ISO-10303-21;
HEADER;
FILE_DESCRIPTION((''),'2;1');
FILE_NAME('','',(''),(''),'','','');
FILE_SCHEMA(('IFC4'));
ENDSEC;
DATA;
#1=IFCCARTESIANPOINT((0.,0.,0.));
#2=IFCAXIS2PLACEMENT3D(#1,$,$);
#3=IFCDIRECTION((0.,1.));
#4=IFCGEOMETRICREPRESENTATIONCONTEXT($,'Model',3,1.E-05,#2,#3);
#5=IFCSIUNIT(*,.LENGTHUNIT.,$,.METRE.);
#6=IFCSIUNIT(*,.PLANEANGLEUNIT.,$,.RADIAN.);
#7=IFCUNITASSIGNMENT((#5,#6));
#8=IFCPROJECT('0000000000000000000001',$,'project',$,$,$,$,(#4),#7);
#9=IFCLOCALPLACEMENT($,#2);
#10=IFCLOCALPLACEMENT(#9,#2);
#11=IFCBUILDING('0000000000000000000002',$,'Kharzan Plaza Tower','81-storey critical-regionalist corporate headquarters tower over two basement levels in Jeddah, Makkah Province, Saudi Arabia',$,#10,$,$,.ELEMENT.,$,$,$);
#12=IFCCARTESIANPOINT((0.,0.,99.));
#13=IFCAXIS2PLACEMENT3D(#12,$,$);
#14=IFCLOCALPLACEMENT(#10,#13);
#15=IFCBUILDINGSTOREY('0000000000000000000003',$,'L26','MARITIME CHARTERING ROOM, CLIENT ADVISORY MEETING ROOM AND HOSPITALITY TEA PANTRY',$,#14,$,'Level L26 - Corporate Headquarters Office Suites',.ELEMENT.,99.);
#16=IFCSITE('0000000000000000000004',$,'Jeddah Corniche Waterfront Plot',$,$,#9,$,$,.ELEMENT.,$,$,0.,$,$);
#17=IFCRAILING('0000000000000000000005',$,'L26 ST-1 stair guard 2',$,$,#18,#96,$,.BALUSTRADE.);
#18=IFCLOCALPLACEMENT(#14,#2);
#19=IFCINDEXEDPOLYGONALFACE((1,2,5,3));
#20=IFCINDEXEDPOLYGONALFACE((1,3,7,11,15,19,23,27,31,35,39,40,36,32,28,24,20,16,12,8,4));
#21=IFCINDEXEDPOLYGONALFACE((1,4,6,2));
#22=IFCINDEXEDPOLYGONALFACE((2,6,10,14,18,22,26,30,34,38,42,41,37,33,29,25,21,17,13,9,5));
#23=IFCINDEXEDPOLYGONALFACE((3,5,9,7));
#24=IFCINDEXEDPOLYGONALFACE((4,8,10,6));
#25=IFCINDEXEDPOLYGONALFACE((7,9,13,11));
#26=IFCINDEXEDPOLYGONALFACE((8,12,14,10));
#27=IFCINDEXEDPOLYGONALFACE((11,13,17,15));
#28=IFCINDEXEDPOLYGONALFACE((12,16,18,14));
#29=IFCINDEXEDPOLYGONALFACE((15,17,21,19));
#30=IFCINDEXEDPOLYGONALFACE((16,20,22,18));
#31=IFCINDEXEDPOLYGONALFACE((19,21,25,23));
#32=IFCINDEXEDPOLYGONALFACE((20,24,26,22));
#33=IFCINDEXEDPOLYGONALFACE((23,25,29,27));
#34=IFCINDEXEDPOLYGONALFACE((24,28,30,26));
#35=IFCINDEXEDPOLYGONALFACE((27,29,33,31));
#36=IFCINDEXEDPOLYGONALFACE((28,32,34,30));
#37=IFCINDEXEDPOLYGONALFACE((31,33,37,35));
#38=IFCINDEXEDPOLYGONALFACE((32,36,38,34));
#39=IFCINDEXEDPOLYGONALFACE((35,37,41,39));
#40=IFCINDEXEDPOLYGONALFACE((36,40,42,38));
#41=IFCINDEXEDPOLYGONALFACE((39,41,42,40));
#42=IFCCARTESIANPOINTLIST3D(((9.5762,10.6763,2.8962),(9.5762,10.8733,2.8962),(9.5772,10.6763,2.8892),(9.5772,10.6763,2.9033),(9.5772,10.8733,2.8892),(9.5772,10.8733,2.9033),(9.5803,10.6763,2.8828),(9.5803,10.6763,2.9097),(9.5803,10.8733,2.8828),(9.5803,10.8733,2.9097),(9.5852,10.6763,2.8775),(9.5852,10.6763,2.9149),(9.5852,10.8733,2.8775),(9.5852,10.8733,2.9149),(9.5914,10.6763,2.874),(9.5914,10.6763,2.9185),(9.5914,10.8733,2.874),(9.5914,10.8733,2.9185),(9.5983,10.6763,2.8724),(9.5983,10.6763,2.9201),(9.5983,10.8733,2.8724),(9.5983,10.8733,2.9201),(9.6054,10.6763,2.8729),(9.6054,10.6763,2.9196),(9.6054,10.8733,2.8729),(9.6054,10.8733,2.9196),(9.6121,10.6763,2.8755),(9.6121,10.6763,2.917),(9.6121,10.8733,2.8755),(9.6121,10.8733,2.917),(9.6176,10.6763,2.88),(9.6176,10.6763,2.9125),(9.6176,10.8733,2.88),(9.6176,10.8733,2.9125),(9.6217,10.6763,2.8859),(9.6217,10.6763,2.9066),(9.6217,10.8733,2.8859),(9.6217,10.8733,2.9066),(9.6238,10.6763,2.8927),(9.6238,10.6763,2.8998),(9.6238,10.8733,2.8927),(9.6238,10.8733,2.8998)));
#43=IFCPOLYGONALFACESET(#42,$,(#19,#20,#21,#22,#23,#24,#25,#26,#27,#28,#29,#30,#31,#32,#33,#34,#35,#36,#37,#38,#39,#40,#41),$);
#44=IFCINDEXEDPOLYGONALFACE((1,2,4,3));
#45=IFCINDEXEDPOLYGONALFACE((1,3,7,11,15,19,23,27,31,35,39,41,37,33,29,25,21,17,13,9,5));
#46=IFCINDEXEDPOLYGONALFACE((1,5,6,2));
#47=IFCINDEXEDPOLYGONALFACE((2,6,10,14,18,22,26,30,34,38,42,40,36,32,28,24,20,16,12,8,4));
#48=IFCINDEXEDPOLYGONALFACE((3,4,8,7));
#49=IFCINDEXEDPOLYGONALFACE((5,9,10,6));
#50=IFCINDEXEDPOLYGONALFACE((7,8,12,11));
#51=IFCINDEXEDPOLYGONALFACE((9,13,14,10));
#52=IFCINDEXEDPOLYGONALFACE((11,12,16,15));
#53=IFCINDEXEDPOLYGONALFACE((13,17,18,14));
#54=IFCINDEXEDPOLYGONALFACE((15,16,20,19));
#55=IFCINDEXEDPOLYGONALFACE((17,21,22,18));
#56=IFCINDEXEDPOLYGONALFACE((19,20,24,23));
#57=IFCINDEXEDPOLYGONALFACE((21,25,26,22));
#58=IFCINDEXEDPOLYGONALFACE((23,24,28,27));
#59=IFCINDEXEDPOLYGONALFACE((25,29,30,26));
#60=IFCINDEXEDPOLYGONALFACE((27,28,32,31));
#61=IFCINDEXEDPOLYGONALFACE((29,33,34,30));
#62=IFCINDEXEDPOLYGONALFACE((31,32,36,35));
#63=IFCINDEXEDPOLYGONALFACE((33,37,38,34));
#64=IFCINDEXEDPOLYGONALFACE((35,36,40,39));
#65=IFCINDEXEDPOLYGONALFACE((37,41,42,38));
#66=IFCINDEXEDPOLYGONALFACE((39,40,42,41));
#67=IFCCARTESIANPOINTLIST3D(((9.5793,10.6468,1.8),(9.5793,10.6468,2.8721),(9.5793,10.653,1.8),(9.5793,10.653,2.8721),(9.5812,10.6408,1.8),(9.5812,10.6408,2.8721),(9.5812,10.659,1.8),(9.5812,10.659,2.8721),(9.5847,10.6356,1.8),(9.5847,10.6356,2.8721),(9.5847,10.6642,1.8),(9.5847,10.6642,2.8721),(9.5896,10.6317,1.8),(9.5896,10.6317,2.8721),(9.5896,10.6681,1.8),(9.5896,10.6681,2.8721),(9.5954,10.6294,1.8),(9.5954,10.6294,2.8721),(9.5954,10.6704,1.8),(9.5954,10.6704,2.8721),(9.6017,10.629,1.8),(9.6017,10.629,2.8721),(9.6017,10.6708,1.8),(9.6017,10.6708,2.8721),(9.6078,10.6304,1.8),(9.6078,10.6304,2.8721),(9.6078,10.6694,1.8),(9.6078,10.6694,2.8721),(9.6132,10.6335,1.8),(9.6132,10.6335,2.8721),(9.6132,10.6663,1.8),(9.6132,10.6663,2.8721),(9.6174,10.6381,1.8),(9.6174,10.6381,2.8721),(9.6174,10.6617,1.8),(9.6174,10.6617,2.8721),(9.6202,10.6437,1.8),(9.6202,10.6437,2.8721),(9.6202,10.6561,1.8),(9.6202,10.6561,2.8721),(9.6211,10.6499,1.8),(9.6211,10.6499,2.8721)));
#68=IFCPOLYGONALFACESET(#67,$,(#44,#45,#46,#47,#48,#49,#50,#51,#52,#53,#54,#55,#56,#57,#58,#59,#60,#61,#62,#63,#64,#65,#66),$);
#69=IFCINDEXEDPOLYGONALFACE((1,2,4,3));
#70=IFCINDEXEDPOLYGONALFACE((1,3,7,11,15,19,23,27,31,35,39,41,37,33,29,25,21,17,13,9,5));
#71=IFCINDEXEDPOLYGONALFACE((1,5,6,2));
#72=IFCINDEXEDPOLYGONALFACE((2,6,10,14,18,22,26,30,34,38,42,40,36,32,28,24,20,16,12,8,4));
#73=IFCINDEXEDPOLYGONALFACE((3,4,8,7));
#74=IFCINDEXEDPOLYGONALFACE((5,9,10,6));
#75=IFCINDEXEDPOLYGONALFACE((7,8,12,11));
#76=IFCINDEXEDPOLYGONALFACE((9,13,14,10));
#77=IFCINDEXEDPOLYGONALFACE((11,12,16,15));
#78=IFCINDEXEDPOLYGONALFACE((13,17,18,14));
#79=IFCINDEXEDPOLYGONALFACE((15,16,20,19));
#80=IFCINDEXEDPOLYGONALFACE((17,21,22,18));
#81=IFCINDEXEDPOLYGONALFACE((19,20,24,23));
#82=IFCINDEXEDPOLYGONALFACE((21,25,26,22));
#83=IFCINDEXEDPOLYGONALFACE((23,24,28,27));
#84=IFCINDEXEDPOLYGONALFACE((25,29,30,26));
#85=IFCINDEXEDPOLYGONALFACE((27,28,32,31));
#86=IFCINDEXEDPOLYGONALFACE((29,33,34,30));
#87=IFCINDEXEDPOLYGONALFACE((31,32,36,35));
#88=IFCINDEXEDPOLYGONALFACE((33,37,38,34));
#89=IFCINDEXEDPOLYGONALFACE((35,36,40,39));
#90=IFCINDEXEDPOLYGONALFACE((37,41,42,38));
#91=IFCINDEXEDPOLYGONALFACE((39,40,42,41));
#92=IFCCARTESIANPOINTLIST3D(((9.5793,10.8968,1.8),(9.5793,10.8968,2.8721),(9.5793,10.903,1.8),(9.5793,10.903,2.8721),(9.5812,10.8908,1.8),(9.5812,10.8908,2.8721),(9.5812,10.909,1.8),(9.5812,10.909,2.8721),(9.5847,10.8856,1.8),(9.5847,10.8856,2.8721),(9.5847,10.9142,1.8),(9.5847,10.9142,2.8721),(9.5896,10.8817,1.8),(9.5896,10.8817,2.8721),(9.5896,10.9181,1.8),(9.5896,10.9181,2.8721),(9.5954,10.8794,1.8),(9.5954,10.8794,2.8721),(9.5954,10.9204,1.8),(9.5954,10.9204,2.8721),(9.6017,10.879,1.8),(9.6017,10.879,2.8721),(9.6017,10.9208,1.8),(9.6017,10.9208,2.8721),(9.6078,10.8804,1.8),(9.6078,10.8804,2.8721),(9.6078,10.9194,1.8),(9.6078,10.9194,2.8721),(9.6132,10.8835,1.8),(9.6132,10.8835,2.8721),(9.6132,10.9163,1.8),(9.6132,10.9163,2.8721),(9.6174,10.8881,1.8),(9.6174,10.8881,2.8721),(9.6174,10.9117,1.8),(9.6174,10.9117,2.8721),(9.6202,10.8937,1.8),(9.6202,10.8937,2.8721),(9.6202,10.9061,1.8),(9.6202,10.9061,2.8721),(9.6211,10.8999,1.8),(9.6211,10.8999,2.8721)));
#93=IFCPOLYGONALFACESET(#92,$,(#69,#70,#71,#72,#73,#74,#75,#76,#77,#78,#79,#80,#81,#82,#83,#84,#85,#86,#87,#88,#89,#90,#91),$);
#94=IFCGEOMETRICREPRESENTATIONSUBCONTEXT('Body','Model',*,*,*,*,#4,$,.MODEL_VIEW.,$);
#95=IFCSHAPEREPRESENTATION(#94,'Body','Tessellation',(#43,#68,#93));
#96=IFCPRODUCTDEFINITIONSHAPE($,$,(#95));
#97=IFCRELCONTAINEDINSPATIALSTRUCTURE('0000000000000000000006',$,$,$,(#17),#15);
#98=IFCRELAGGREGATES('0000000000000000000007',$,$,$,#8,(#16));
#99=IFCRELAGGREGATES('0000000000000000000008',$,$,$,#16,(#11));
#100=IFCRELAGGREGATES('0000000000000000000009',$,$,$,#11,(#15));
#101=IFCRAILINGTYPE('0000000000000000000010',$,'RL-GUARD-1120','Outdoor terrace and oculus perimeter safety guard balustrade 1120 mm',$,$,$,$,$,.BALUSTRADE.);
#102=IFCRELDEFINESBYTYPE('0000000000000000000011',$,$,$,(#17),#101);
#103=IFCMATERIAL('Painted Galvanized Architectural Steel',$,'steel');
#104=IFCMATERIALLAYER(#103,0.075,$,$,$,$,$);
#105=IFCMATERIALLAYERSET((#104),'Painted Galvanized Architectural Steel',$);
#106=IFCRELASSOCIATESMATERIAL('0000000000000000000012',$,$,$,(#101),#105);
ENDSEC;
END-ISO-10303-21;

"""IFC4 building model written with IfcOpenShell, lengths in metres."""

from ifc_helpers import new_model, si_unit, direction, frame, origin, origin_2d, place, context, subcontext, project, spatial, circle, extrude, source, transform, mapped, material, layer, layer_set, type_object, element, save


model = new_model("IFC4")

# Units and contexts
model_context = context("Model", 3, precision=1e-05, world=origin(), true_north=direction((0.0, 1.0)))
body_context = subcontext(model_context, "Body", "Model", "MODEL_VIEW")
ifc_project = project(units=[si_unit("LENGTHUNIT", "METRE"), si_unit("PLANEANGLEUNIT", "RADIAN")], contexts=[model_context])

# Site, building, storey
site_placement = place(None, origin())
site = spatial("IfcSite", under=ifc_project, at=site_placement, Name="Jeddah Corniche Waterfront Plot", CompositionType="ELEMENT", RefElevation=0.0)
building_placement = place(site_placement, origin())
building = spatial("IfcBuilding", under=site, at=building_placement, Name="Kharzan Plaza Tower", Description="81-storey critical-regionalist corporate headquarters tower over two basement levels in Jeddah, Makkah Province, Saudi Arabia", CompositionType="ELEMENT")
storey_placement = place(building_placement, frame((0.0, 0.0, 99.0)))
storey = spatial("IfcBuildingStorey", under=building, at=storey_placement, Name="L26", Description="MARITIME CHARTERING ROOM, CLIENT ADVISORY MEETING ROOM AND HOSPITALITY TEA PANTRY", LongName="Level L26 - Corporate Headquarters Office Suites", CompositionType="ELEMENT", Elevation=99.0)

# Railing
ifc_material_1 = material(Name="Painted Galvanized Architectural Steel", Category="steel")
ifc_layer_1 = layer(ifc_material_1, 0.075)
ifc_layer_set_1 = layer_set([ifc_layer_1], Name="Painted Galvanized Architectural Steel")
railing_type_1 = type_object("IfcRailingType", Name="RL-GUARD-1120", Description="Outdoor terrace and oculus perimeter safety guard balustrade 1120 mm", PredefinedType="BALUSTRADE", material=ifc_layer_set_1)
shared_shape_1 = source(origin(), body_context, "Body", "SweptSolid", [
    extrude(circle(Radius=0.0239, at=origin_2d()), frame((0.0, 0.0264, 1.0962), z_axis=(0.0, 1.0, 0.0), x_axis=(-1.0, 0.0, 0.0)), (0.0, 0.0, 1.0), 0.197),
    extrude(circle(Radius=0.021, at=origin_2d()), origin(), (0.0, 0.0, 1.0), 1.072),
    extrude(circle(Radius=0.021, at=origin_2d()), frame((0.0, 0.25, 0.0)), (0.0, 0.0, 1.0), 1.072),
])
railing_1_placement = place(storey_placement, frame((9.6001, 10.6499, 1.8)))
element("IfcRailing", 1, at=railing_1_placement, inside=storey, type_object=railing_type_1, Name="L26 ST-1 stair guard 2", PredefinedType="BALUSTRADE", context=body_context, shape_type="MappedRepresentation", body=[
    mapped(shared_shape_1, transform((0.0, 0.0, 0.0), x_axis=(1.0, 0.0, 0.0), y_axis=(0.0, 1.0, 0.0), z_axis=(0.0, 0.0, 1.0))),
])

save(model, "model.ifc")
